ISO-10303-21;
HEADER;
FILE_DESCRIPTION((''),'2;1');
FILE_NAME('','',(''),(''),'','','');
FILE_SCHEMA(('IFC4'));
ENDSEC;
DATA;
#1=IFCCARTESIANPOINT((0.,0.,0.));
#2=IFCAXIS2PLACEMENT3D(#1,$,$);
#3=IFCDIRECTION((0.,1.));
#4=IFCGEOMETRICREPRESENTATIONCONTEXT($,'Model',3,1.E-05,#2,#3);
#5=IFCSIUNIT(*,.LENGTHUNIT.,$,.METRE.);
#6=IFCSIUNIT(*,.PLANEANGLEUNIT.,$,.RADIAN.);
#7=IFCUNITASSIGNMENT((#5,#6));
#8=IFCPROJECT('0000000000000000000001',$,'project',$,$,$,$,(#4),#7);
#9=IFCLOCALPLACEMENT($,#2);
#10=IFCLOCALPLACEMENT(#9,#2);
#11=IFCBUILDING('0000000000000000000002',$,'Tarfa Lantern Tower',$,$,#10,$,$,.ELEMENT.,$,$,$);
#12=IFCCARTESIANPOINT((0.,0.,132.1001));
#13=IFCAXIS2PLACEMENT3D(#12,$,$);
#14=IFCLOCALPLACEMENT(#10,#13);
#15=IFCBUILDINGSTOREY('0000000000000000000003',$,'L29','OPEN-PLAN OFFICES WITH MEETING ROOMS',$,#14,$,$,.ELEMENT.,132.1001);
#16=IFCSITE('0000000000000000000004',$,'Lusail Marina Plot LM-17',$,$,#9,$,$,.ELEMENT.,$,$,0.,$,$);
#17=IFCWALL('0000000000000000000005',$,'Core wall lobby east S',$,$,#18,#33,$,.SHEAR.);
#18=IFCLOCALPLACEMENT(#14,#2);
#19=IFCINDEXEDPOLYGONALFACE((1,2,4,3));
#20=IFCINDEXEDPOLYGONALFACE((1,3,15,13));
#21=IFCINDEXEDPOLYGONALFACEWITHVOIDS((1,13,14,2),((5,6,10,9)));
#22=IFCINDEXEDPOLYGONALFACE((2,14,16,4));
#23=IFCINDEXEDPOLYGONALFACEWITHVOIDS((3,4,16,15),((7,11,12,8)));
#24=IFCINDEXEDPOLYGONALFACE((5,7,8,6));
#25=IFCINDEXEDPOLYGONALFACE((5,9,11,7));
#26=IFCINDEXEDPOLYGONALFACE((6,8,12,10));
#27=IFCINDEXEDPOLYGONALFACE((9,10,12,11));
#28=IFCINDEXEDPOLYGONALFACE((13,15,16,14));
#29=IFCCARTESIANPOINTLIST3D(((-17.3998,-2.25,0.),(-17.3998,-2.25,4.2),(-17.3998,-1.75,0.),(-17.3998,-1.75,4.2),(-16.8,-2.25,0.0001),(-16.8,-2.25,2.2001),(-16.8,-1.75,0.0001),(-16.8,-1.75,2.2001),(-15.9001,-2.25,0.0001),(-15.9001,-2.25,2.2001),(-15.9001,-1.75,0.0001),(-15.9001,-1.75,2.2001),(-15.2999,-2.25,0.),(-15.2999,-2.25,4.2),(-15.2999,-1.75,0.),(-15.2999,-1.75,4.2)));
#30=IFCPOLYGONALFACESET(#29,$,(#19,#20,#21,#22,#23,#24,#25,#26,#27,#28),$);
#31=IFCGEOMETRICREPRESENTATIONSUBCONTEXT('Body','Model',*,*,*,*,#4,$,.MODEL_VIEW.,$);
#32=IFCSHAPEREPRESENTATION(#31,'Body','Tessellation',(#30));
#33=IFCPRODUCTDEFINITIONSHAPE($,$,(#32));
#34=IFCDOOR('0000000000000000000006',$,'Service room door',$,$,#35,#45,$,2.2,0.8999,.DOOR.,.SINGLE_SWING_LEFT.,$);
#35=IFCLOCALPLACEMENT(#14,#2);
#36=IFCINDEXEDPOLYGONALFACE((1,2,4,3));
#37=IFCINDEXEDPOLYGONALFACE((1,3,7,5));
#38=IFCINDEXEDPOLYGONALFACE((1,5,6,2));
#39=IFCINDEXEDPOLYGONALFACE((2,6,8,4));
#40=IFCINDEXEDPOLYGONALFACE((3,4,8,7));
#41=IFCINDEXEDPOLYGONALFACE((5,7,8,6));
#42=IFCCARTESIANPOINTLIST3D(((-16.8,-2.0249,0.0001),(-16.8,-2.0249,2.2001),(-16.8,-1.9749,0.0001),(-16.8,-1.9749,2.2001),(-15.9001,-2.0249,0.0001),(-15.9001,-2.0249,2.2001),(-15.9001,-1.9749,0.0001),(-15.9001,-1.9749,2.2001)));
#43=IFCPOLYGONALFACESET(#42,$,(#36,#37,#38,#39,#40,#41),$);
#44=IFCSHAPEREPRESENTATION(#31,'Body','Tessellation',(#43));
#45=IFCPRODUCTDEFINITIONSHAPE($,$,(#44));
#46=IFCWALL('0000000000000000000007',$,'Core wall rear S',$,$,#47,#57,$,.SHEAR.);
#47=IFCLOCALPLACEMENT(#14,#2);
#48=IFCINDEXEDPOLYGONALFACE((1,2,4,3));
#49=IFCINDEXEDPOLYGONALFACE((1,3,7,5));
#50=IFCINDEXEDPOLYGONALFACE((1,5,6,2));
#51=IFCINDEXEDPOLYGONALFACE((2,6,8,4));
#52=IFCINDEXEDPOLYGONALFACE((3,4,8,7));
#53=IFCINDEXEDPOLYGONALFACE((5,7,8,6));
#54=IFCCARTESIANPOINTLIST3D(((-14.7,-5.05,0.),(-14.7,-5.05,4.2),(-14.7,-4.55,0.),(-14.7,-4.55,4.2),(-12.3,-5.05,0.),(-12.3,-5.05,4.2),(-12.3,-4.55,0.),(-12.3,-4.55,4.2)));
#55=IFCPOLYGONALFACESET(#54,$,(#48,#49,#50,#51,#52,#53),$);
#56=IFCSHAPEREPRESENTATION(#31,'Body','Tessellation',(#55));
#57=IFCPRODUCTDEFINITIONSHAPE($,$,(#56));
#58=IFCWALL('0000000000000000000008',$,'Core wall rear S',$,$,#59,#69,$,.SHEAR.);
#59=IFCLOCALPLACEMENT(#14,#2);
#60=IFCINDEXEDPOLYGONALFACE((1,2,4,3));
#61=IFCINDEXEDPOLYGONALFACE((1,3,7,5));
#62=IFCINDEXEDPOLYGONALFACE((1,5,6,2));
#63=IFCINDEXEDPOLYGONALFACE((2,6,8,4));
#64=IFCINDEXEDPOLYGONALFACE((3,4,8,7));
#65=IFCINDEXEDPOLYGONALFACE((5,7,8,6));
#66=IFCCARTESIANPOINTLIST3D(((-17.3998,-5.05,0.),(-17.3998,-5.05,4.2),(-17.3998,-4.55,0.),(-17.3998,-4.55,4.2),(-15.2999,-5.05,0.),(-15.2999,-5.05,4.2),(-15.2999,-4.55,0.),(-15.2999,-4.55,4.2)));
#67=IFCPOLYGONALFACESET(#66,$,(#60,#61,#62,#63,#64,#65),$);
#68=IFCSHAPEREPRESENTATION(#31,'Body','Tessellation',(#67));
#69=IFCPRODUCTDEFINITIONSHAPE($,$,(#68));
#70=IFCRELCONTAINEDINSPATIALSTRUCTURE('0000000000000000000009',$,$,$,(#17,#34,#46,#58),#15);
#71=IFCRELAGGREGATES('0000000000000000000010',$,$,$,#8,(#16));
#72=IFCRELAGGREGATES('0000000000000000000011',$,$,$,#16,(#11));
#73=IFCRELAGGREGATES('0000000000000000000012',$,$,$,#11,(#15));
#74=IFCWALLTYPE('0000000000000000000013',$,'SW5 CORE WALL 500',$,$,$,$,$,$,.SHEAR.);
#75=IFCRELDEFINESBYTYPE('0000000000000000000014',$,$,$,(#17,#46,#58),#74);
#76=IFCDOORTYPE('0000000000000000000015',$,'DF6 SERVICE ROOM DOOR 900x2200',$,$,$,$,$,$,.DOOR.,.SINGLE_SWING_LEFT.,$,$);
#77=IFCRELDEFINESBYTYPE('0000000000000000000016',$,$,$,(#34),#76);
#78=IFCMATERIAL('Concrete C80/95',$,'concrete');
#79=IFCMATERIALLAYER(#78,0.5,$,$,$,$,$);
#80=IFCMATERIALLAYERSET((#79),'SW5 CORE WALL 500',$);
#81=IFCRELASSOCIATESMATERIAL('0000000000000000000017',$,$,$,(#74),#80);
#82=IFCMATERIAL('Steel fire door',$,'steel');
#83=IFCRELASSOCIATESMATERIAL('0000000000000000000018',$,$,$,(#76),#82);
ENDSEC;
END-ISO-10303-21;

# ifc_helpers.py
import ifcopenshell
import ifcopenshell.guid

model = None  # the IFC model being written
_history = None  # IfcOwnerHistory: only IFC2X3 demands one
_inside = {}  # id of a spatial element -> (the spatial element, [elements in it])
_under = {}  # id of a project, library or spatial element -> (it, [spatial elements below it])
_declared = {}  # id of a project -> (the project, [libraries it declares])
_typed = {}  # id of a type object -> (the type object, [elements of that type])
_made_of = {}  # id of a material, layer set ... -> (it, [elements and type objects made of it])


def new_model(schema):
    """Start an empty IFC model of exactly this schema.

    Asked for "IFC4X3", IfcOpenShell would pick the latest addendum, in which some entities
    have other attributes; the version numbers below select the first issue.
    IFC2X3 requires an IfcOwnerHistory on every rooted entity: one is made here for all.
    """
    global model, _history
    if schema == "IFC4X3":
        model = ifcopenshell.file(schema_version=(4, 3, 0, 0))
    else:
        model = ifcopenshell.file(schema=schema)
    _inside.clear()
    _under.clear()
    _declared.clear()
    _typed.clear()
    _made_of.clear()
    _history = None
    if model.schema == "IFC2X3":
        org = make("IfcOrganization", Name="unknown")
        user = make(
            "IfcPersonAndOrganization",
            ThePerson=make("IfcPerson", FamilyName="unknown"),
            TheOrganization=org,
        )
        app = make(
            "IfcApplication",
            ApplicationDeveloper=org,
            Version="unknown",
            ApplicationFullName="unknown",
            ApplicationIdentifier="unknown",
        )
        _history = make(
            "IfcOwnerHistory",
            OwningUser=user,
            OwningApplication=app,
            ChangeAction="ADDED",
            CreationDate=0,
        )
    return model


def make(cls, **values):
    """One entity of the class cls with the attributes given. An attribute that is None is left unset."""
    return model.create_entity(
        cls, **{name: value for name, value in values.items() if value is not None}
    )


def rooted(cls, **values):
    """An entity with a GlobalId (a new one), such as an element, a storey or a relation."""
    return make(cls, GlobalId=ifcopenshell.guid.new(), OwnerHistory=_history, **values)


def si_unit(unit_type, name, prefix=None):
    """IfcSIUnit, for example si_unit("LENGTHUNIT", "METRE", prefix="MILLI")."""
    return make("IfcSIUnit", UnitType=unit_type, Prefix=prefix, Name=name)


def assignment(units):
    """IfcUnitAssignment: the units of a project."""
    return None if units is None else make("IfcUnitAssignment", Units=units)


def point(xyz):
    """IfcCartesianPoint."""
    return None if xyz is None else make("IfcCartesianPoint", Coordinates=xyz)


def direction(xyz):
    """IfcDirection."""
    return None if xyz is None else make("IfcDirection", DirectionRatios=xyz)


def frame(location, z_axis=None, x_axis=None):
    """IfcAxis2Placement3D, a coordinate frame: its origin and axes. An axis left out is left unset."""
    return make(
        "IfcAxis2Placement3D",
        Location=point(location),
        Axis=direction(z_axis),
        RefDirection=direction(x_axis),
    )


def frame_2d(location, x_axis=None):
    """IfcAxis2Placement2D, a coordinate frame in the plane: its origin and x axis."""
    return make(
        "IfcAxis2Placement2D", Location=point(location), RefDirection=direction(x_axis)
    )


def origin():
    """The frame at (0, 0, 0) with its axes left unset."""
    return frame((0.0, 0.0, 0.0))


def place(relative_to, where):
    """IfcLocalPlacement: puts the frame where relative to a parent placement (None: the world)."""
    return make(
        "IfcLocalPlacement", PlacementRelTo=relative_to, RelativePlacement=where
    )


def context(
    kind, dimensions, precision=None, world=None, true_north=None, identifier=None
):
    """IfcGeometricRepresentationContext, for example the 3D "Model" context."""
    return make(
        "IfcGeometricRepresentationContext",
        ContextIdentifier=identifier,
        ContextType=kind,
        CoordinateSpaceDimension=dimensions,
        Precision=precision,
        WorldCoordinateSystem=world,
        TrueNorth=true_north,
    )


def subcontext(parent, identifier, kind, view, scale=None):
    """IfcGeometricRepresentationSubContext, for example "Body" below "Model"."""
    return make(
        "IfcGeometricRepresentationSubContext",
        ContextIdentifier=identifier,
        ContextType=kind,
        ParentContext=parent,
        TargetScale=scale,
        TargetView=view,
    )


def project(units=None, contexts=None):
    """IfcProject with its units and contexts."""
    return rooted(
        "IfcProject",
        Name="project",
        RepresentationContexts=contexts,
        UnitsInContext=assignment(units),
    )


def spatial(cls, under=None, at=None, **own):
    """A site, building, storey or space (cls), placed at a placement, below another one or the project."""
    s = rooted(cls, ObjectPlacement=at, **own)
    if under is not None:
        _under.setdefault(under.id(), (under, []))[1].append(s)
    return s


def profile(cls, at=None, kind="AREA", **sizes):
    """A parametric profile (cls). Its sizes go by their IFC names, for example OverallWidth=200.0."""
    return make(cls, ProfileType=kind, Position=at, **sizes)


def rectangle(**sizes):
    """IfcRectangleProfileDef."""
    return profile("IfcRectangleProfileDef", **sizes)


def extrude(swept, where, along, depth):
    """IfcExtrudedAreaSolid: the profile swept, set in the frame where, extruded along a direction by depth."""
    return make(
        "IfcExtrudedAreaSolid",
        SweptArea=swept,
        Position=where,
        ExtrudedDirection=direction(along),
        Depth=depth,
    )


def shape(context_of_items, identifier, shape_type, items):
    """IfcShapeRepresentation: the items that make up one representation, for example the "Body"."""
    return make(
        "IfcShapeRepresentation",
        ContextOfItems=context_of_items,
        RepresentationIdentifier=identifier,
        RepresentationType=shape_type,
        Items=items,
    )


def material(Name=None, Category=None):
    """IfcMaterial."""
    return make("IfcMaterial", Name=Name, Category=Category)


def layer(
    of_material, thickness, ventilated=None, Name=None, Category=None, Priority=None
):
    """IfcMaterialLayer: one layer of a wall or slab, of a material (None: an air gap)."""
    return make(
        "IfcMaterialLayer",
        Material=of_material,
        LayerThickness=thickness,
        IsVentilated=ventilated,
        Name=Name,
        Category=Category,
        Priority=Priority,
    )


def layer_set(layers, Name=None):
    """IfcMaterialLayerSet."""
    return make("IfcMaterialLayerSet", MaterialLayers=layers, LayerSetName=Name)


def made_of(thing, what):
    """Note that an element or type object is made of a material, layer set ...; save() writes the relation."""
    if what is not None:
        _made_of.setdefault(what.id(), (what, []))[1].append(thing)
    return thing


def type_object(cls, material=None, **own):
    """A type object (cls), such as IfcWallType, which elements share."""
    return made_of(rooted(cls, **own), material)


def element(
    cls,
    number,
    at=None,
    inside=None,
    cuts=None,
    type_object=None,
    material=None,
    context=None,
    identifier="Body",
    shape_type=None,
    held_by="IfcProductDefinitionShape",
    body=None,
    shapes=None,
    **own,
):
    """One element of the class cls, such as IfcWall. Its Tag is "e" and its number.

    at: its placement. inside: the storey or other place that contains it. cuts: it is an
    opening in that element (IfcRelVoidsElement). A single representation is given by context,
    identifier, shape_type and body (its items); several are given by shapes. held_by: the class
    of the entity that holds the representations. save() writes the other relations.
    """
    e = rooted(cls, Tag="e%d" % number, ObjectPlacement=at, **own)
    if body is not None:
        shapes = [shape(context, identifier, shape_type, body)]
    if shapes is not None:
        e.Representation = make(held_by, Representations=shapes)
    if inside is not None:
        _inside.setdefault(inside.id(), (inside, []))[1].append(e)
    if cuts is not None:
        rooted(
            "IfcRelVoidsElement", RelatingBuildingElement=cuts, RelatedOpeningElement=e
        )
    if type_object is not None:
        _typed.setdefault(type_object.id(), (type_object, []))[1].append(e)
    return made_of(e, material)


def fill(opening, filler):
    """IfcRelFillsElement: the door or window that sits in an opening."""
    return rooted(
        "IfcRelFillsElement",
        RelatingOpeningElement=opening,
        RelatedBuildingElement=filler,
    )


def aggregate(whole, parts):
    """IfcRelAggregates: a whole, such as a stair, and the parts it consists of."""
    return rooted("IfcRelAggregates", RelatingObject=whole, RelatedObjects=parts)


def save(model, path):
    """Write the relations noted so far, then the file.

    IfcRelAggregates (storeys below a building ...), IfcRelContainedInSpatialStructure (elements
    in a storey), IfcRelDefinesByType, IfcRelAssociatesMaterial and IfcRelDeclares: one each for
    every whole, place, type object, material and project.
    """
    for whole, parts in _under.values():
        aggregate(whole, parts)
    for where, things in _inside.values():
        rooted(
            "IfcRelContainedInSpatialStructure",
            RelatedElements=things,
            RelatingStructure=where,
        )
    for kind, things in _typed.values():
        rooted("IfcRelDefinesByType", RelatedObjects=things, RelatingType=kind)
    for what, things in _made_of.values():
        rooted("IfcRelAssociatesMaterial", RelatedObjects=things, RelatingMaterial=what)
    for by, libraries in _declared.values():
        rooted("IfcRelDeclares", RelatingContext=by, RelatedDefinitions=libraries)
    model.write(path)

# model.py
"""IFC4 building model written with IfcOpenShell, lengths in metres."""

from ifc_helpers import new_model, si_unit, direction, frame, frame_2d, origin, place, context, subcontext, project, spatial, rectangle, extrude, material, layer, layer_set, type_object, element, fill, save


model = new_model("IFC4")

# Units and contexts
model_context = context("Model", 3, precision=1e-05, world=origin(), true_north=direction((0.0, 1.0)))
body_context = subcontext(model_context, "Body", "Model", "MODEL_VIEW")
ifc_project = project(units=[si_unit("LENGTHUNIT", "METRE"), si_unit("PLANEANGLEUNIT", "RADIAN")], contexts=[model_context])

# Site, building, storey
site_placement = place(None, origin())
site = spatial("IfcSite", under=ifc_project, at=site_placement, Name="Lusail Marina Plot LM-17", CompositionType="ELEMENT", RefElevation=0.0)
building_placement = place(site_placement, origin())
building = spatial("IfcBuilding", under=site, at=building_placement, Name="Tarfa Lantern Tower", CompositionType="ELEMENT")
storey_placement = place(building_placement, frame((0.0, 0.0, 132.1001)))
storey = spatial("IfcBuildingStorey", under=building, at=storey_placement, Name="L29", Description="OPEN-PLAN OFFICES WITH MEETING ROOMS", CompositionType="ELEMENT", Elevation=132.1001)

# Shared definitions
ifc_material_1 = material(Name="Concrete C80/95", Category="concrete")
ifc_layer_1 = layer(ifc_material_1, 0.5)
ifc_layer_set_1 = layer_set([ifc_layer_1], Name="SW5 CORE WALL 500")
wall_type_1 = type_object("IfcWallType", Name="SW5 CORE WALL 500", PredefinedType="SHEAR", material=ifc_layer_set_1)
ifc_material_2 = material(Name="Steel fire door", Category="steel")
door_type_1 = type_object("IfcDoorType", Name="DF6 SERVICE ROOM DOOR 900x2200", OperationType="SINGLE_SWING_LEFT", PredefinedType="DOOR", material=ifc_material_2)

# Wall, opening, door
wall_1_placement = place(storey_placement, frame((-15.3, -2.0, 0.0), z_axis=(0.0, 0.0, 1.0), x_axis=(-1.0, 0.0, 0.0)))
wall_1 = element("IfcWall", 1, at=wall_1_placement, inside=storey, type_object=wall_type_1, Name="Core wall lobby east S", PredefinedType="SHEAR", context=body_context, shape_type="SweptSolid", body=[
    extrude(rectangle(XDim=2.0999, YDim=0.5, at=frame_2d((1.0498, 0.0))), origin(), (0.0, 0.0, 1.0), 4.2),
])
opening_1_placement = place(wall_1_placement, frame((0.6001, 0.0, 0.0)))
opening_1 = element("IfcOpeningElement", 2, at=opening_1_placement, cuts=wall_1, PredefinedType="OPENING", context=body_context, shape_type="SweptSolid", body=[
    extrude(rectangle(XDim=0.8999, YDim=2.2, at=frame_2d((0.45, 1.1001))), frame((0.0, 0.26, 0.0), z_axis=(0.0, -1.0, 0.0), x_axis=(1.0, 0.0, 0.0)), (0.0, 0.0, 1.0), 0.52),
])
door_1_placement = place(opening_1_placement, origin())
door_1 = element("IfcDoor", 3, at=door_1_placement, inside=storey, type_object=door_type_1, Name="Service room door", OperationType="SINGLE_SWING_LEFT", OverallHeight=2.2, OverallWidth=0.8999, PredefinedType="DOOR", context=body_context, shape_type="SweptSolid", body=[
    extrude(rectangle(XDim=0.8999, YDim=2.2, at=frame_2d((0.45, 1.1001))), frame((0.0, 0.0249, 0.0), z_axis=(0.0, -1.0, 0.0), x_axis=(1.0, 0.0, 0.0)), (0.0, 0.0, 1.0), 0.05),
])
fill(opening_1, door_1)

# Walls
wall_2_placement = place(storey_placement, frame((-12.3, -4.8, 0.0), z_axis=(0.0, 0.0, 1.0), x_axis=(-1.0, 0.0, 0.0)))
element("IfcWall", 4, at=wall_2_placement, inside=storey, type_object=wall_type_1, Name="Core wall rear S", PredefinedType="SHEAR", context=body_context, shape_type="SweptSolid", body=[
    extrude(rectangle(XDim=2.3999, YDim=0.5, at=frame_2d((1.2, 0.0))), origin(), (0.0, 0.0, 1.0), 4.2),
])
wall_3_placement = place(storey_placement, frame((-15.3, -4.8, 0.0), z_axis=(0.0, 0.0, 1.0), x_axis=(-1.0, 0.0, 0.0)))
element("IfcWall", 5, at=wall_3_placement, inside=storey, type_object=wall_type_1, Name="Core wall rear S", PredefinedType="SHEAR", context=body_context, shape_type="SweptSolid", body=[
    extrude(rectangle(XDim=2.0999, YDim=0.5, at=frame_2d((1.0498, 0.0))), origin(), (0.0, 0.0, 1.0), 4.2),
])

save(model, "model.ifc")
